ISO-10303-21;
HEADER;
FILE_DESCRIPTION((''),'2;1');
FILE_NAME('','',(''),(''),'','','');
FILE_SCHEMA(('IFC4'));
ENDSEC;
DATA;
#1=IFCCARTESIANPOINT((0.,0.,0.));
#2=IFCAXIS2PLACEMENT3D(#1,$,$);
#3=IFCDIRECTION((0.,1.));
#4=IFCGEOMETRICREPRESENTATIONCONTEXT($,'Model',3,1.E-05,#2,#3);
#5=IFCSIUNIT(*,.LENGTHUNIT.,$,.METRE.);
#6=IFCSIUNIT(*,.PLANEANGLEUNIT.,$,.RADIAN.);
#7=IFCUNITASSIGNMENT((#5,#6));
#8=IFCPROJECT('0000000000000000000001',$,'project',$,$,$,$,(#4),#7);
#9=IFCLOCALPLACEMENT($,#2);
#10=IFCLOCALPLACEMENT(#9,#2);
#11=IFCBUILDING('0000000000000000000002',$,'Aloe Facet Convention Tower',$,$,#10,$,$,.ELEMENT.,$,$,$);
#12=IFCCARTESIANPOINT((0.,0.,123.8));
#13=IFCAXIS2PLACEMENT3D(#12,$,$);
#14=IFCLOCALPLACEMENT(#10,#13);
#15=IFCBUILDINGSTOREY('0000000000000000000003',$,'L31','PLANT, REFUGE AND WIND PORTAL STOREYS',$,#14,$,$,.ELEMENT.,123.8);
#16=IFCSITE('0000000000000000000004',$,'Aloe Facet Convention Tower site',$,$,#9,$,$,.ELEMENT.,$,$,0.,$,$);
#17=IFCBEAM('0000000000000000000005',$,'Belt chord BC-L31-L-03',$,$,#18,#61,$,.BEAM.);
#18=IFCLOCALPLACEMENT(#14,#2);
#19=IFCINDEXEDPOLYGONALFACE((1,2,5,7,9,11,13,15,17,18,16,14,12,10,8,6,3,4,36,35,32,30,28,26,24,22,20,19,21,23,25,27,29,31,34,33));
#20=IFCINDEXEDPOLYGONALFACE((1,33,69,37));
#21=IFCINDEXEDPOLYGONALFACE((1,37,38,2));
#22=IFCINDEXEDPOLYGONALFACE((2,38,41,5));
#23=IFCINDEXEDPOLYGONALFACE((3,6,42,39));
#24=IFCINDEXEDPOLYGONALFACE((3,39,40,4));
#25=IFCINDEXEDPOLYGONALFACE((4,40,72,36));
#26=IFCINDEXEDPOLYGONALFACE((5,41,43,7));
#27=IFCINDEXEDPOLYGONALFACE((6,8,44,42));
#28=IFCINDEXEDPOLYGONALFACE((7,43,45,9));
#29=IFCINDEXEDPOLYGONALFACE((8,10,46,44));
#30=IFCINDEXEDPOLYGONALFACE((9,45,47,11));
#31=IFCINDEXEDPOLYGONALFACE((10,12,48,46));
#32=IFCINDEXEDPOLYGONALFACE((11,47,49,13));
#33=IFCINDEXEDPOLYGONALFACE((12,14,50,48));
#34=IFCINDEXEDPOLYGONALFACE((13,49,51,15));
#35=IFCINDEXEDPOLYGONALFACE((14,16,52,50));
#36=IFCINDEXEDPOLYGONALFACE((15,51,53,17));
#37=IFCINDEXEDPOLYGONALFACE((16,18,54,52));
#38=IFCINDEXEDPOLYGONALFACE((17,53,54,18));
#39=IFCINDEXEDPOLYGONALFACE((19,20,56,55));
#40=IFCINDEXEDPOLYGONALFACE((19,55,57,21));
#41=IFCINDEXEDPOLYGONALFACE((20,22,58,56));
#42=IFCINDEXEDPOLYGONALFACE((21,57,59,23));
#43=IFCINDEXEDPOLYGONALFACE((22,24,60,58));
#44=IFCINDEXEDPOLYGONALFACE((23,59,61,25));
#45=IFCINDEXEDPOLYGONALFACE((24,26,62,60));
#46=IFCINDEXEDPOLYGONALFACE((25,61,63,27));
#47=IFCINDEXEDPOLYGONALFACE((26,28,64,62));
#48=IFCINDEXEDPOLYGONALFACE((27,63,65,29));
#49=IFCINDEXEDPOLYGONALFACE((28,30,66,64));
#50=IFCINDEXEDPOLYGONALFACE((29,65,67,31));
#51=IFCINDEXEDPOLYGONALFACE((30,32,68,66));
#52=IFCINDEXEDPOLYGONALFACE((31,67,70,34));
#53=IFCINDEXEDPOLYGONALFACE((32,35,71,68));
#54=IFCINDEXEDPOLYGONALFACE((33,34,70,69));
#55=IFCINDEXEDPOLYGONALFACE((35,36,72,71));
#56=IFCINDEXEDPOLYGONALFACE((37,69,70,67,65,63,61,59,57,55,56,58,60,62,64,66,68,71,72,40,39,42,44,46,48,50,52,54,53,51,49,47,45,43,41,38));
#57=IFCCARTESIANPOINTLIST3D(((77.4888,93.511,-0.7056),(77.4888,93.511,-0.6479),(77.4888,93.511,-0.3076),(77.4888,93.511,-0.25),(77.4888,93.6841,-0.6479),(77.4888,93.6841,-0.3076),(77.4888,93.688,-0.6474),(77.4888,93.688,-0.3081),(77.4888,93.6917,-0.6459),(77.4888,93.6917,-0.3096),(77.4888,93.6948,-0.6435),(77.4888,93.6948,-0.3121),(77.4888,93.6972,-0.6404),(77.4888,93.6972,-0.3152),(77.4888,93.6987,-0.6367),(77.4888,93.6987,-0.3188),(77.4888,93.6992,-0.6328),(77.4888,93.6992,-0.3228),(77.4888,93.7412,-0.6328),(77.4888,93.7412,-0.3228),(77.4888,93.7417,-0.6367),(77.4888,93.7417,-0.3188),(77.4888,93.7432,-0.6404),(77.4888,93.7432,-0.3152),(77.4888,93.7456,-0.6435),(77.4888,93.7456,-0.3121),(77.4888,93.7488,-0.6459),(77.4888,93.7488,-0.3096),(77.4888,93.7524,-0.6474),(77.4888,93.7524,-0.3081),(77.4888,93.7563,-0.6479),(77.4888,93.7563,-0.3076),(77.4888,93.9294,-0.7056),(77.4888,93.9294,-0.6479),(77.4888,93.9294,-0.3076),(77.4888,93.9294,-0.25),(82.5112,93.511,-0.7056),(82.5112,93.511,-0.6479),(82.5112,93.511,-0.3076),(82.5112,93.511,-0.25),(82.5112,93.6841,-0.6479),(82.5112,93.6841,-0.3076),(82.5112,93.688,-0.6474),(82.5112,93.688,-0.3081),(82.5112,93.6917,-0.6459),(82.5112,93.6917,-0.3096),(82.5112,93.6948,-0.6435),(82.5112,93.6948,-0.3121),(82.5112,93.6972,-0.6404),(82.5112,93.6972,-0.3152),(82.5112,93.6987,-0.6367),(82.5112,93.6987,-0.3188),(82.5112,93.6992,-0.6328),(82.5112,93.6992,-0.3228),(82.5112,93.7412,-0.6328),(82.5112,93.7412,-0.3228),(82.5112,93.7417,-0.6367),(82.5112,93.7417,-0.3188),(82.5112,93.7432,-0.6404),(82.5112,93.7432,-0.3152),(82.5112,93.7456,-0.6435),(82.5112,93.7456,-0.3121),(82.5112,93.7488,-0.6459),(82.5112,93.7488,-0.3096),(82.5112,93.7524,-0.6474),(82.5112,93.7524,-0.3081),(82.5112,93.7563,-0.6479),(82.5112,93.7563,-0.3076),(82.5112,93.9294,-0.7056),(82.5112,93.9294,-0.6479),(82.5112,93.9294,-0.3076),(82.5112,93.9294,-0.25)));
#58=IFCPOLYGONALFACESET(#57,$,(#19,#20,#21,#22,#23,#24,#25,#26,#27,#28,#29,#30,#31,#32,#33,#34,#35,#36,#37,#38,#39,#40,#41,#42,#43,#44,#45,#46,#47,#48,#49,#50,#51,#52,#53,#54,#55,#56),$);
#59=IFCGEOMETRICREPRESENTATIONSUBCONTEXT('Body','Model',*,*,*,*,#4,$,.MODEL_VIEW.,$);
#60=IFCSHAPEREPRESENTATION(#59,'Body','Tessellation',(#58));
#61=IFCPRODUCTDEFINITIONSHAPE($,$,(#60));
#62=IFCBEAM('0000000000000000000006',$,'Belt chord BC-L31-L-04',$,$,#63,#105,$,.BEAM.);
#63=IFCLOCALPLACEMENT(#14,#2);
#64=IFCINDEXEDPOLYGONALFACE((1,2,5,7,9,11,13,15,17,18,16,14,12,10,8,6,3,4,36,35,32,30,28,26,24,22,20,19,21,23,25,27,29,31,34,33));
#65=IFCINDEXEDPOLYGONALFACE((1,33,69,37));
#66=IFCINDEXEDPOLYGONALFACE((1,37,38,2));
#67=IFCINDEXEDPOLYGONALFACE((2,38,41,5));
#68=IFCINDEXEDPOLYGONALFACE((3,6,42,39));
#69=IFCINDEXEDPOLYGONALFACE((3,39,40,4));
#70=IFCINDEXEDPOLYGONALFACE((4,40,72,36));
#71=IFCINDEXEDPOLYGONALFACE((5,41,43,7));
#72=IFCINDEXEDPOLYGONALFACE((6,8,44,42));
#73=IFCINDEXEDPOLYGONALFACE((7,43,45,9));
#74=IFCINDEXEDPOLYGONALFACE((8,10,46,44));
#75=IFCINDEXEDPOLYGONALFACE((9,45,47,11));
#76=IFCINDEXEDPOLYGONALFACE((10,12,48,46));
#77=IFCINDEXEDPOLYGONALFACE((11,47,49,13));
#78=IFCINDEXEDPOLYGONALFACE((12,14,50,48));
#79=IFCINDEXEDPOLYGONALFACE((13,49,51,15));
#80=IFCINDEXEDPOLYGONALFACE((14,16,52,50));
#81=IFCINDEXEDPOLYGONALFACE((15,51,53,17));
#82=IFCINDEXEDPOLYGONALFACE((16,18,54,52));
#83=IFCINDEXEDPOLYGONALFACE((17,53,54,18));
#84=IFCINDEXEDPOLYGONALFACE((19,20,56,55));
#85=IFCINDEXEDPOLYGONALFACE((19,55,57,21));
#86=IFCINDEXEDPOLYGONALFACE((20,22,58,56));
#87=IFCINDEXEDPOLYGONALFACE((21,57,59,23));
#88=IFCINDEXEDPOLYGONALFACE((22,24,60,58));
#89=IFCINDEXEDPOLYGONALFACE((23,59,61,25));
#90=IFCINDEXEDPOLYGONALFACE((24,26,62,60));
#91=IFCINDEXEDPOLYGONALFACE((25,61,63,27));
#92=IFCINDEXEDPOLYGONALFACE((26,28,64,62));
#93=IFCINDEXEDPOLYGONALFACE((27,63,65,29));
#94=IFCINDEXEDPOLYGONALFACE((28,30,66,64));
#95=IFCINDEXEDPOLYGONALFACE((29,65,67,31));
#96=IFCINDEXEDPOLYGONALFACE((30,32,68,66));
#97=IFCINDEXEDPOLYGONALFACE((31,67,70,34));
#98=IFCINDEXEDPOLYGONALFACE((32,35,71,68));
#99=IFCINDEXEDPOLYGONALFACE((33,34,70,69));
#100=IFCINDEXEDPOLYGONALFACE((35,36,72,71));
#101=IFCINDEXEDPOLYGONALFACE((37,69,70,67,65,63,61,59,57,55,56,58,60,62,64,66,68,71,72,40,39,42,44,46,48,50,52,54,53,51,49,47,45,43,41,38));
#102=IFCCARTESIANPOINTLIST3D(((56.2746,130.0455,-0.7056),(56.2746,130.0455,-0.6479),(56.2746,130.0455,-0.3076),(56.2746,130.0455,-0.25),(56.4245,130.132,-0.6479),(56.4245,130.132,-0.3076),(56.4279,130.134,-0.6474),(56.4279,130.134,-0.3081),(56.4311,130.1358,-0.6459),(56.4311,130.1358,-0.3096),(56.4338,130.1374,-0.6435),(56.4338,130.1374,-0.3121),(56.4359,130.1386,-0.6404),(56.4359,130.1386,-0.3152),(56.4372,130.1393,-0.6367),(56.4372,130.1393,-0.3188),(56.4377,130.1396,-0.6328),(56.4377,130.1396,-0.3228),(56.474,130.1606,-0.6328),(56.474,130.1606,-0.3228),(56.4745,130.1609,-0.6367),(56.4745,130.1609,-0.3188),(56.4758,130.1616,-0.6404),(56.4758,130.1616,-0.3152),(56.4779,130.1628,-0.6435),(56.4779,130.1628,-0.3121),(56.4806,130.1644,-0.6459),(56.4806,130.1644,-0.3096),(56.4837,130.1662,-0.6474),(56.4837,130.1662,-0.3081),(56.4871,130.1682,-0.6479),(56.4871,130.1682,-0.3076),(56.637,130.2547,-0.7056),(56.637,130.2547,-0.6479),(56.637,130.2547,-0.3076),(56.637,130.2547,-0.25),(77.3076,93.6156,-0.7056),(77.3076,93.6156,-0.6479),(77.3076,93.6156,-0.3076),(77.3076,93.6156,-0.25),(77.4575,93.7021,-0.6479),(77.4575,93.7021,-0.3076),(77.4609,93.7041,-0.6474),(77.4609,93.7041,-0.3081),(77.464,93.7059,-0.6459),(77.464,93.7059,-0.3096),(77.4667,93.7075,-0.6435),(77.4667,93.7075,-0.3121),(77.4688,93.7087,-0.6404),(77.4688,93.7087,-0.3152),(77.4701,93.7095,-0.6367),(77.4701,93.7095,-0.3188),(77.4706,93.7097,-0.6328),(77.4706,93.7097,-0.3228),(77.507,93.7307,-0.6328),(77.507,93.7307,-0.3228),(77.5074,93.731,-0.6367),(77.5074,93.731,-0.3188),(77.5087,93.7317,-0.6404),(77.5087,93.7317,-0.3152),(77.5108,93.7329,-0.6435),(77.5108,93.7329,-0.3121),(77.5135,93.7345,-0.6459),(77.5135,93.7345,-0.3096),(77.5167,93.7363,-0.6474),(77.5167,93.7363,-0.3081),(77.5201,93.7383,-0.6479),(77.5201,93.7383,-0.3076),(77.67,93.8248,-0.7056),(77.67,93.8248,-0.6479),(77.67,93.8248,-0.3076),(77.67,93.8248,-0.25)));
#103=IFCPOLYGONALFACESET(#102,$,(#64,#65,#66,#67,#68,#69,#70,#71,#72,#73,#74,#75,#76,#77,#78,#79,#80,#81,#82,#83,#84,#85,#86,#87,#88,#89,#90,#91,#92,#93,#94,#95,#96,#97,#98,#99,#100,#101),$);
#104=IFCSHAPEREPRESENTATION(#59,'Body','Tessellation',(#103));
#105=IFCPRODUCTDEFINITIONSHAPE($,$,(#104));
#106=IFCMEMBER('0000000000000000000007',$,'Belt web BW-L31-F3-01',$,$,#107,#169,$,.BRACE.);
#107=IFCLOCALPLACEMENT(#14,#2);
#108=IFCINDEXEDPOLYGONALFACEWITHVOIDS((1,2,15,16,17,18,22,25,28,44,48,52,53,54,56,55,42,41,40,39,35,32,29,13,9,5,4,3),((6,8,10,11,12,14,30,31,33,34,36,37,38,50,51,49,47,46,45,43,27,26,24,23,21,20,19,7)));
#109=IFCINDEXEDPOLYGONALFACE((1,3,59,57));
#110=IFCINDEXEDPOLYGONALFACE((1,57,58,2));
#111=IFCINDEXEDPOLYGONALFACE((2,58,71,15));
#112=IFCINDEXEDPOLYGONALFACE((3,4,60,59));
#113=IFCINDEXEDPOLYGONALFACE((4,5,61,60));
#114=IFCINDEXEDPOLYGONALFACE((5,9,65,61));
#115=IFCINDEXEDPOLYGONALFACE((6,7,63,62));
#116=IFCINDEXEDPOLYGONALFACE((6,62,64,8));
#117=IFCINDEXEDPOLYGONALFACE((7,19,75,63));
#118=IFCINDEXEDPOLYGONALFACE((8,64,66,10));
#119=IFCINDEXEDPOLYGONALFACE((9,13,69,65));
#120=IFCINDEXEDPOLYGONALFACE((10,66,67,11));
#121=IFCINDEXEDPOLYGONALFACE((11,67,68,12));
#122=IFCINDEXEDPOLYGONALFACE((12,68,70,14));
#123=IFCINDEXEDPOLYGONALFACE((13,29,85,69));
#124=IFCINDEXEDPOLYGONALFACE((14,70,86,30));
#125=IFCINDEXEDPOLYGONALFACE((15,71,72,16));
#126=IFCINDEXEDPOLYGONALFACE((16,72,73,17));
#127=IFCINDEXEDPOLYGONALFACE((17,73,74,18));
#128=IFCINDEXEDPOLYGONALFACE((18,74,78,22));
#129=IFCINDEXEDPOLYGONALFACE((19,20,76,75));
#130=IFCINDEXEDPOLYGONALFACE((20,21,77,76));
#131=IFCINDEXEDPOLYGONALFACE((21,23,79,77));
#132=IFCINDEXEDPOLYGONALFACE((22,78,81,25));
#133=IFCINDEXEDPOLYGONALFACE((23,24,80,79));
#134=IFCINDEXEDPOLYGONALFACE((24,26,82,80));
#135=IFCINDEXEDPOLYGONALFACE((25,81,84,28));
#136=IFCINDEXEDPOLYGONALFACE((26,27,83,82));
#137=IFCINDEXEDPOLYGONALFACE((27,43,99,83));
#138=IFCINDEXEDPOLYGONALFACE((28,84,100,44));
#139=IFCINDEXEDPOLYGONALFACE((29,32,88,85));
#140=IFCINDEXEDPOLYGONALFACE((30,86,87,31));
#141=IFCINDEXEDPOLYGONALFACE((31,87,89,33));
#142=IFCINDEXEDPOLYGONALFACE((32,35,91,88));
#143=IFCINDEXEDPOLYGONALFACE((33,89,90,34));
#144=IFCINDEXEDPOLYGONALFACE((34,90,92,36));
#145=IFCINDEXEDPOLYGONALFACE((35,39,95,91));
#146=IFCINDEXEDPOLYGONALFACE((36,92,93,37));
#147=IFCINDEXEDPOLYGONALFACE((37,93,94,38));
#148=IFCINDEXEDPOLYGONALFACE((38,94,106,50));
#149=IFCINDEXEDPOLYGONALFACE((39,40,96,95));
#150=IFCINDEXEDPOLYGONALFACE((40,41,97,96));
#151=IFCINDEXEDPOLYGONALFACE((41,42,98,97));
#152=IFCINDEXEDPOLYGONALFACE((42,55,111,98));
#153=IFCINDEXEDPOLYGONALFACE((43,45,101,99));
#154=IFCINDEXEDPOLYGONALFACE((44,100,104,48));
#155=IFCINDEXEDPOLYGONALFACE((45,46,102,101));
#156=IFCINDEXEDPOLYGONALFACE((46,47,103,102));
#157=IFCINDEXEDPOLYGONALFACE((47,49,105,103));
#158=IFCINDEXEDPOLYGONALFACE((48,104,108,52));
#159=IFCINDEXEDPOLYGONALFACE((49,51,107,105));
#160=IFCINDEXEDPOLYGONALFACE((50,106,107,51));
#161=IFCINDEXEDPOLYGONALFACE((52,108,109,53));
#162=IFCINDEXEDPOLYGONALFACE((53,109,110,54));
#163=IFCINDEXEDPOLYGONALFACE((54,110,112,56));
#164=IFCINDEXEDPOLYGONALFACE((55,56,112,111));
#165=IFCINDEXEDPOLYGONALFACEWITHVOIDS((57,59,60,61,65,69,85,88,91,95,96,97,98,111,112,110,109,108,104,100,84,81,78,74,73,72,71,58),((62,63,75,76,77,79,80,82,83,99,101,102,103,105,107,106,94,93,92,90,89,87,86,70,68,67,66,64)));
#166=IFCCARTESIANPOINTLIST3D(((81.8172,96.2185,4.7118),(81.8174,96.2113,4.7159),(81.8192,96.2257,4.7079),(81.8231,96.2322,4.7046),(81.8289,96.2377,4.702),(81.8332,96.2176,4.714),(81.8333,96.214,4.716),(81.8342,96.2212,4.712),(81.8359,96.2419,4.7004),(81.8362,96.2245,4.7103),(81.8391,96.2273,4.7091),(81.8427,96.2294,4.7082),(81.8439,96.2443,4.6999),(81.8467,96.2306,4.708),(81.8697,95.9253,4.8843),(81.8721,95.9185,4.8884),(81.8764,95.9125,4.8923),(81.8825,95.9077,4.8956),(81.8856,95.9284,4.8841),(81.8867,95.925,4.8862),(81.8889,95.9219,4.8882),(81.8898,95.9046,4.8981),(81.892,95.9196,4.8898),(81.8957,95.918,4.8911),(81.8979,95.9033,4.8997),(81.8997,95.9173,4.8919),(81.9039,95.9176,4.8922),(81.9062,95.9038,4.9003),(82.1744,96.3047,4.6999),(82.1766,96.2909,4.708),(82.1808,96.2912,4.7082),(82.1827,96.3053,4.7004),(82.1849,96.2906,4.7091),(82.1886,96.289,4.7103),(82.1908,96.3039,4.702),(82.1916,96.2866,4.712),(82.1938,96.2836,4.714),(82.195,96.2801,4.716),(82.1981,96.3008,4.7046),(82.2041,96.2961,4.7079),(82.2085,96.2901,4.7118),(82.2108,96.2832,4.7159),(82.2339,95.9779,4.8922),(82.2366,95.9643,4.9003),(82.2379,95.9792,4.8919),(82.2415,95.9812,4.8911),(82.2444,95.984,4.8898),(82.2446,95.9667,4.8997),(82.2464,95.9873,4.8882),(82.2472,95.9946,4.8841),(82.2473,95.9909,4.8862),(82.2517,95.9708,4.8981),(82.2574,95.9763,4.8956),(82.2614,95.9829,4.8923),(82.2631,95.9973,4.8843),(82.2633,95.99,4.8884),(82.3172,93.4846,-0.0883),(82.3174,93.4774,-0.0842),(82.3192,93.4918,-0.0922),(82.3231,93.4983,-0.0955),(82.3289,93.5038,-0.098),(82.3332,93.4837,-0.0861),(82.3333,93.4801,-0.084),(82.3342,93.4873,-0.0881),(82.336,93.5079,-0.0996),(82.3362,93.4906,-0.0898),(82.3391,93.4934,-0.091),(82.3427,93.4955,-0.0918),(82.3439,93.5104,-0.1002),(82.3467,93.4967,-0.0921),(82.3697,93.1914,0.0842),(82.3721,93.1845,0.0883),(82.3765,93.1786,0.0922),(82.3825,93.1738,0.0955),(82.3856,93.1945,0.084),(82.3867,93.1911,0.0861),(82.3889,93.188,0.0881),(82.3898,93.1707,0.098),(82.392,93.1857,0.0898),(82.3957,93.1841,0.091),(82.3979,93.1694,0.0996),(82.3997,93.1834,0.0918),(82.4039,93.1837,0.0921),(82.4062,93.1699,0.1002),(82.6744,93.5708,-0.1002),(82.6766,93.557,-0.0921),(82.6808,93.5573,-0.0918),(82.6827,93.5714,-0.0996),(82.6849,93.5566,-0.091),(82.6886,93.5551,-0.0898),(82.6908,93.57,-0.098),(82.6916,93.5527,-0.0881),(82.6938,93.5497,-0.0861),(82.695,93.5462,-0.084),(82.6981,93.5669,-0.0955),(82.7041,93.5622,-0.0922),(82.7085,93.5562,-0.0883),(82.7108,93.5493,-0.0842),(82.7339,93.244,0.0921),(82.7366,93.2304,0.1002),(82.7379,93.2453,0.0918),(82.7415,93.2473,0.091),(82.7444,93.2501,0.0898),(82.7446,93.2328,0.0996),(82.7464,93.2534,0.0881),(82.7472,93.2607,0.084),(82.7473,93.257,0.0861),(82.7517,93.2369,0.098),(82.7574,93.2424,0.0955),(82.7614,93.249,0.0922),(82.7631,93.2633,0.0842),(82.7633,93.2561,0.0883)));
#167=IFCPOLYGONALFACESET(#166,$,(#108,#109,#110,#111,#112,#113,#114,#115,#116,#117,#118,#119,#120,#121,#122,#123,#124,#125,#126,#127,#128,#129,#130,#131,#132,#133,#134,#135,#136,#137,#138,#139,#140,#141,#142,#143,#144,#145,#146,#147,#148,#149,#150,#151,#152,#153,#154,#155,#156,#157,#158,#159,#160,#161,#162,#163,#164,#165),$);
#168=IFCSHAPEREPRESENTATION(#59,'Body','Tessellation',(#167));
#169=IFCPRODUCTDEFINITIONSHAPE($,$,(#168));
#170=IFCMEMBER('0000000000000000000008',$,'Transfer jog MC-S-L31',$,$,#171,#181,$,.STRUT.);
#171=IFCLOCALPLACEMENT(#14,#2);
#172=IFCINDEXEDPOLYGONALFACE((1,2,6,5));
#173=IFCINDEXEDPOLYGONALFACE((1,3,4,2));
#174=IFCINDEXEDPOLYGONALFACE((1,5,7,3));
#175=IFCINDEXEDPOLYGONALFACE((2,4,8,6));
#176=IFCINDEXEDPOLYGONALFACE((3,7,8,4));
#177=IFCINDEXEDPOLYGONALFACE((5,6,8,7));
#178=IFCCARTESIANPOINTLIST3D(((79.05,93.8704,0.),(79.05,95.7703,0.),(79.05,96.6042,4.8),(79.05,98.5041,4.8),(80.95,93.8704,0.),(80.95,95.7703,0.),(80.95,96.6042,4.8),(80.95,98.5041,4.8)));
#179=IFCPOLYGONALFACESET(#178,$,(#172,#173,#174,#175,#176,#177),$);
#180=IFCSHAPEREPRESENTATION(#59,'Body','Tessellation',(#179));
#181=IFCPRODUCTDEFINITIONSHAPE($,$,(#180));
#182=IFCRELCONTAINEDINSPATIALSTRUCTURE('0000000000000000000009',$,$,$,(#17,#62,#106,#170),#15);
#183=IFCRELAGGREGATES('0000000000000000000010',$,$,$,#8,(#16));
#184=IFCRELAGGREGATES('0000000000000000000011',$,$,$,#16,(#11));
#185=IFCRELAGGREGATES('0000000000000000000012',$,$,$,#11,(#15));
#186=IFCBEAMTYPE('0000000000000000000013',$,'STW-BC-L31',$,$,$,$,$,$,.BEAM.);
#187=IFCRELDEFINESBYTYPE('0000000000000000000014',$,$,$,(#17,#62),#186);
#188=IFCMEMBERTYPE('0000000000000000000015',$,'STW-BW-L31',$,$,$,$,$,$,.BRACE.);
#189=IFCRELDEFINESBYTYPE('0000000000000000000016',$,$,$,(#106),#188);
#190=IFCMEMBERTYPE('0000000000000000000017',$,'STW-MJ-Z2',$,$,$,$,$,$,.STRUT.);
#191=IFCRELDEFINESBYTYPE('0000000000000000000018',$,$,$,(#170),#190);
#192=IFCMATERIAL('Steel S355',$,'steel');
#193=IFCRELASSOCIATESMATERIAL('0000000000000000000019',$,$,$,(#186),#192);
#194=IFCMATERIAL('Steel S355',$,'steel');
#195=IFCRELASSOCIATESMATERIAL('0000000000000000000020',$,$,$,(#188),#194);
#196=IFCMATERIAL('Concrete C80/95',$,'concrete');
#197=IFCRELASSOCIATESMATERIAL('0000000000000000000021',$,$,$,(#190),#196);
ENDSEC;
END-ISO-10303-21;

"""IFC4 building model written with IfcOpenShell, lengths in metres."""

from ifc_helpers import new_model, si_unit, direction, frame, origin, origin_2d, place, context, subcontext, project, spatial, rectangle, hollow_rectangle, i_section, extrude, material, material_profile, profile_set, type_object, element, save


model = new_model("IFC4")

# Units and contexts
model_context = context("Model", 3, precision=1e-05, world=origin(), true_north=direction((0.0, 1.0)))
body_context = subcontext(model_context, "Body", "Model", "MODEL_VIEW")
ifc_project = project(units=[si_unit("LENGTHUNIT", "METRE"), si_unit("PLANEANGLEUNIT", "RADIAN")], contexts=[model_context])

# Site, building, storey
site_placement = place(None, origin())
site = spatial("IfcSite", under=ifc_project, at=site_placement, Name="Aloe Facet Convention Tower site", CompositionType="ELEMENT", RefElevation=0.0)
building_placement = place(site_placement, origin())
building = spatial("IfcBuilding", under=site, at=building_placement, Name="Aloe Facet Convention Tower", CompositionType="ELEMENT")
storey_placement = place(building_placement, frame((0.0, 0.0, 123.8)))
storey = spatial("IfcBuildingStorey", under=building, at=storey_placement, Name="L31", Description="PLANT, REFUGE AND WIND PORTAL STOREYS", CompositionType="ELEMENT", Elevation=123.8)

# Beams
ifc_material_1 = material(Name="Steel S355", Category="steel")
ifc_material_profile_1 = material_profile(ifc_material_1, i_section(OverallWidth=0.4185, OverallDepth=0.4556, WebThickness=0.042, FlangeThickness=0.0576, FilletRadius=0.0151, at=origin_2d()), Name="UC 356x406x551")
ifc_profile_set_1 = profile_set([ifc_material_profile_1], Name="Steel S355")
beam_type = type_object("IfcBeamType", Name="STW-BC-L31", PredefinedType="BEAM", material=ifc_profile_set_1)
beam_1_placement = place(storey_placement, frame((82.5112, 93.7202, -0.4778), z_axis=(-1.0, 0.0, 0.0), x_axis=(0.0, -1.0, 0.0)))
element("IfcBeam", 1, at=beam_1_placement, inside=storey, type_object=beam_type, Name="Belt chord BC-L31-L-03", PredefinedType="BEAM", context=body_context, shape_type="SweptSolid", body=[
    extrude(i_section(OverallWidth=0.4185, OverallDepth=0.4556, WebThickness=0.042, FlangeThickness=0.0576, FilletRadius=0.0151, at=origin_2d()), origin(), (0.0, 0.0, 1.0), 5.0225),
])
beam_2_placement = place(storey_placement, frame((77.4888, 93.7202, -0.4778), z_axis=(-0.500002, 0.866024, 0.0), x_axis=(-0.866024, -0.500002, 0.0)))
element("IfcBeam", 2, at=beam_2_placement, inside=storey, type_object=beam_type, Name="Belt chord BC-L31-L-04", PredefinedType="BEAM", context=body_context, shape_type="SweptSolid", body=[
    extrude(i_section(OverallWidth=0.4185, OverallDepth=0.4556, WebThickness=0.042, FlangeThickness=0.0576, FilletRadius=0.0151, at=origin_2d()), origin(), (0.0, 0.0, 1.0), 42.0657),
])

# Members
ifc_material_2 = material(Name="Steel S355", Category="steel")
ifc_material_profile_2 = material_profile(ifc_material_2, hollow_rectangle(XDim=0.3999, YDim=0.3999, WallThickness=0.0161, InnerFilletRadius=0.0161, OuterFilletRadius=0.032, at=origin_2d()), Name="SHS 400x400x16")
ifc_profile_set_2 = profile_set([ifc_material_profile_2], Name="Steel S355")
member_type_1 = type_object("IfcMemberType", Name="STW-BW-L31", PredefinedType="BRACE", material=ifc_profile_set_2)
member_1_placement = place(storey_placement, frame((82.5403, 93.3704, 0.0), z_axis=(-0.090146, 0.492895, 0.865406), x_axis=(-0.983684, -0.179906, 0.0)))
element("IfcMember", 3, at=member_1_placement, inside=storey, type_object=member_type_1, Name="Belt web BW-L31-F3-01", PredefinedType="BRACE", context=body_context, shape_type="SweptSolid", body=[
    extrude(hollow_rectangle(XDim=0.3999, YDim=0.3999, WallThickness=0.0161, InnerFilletRadius=0.0161, OuterFilletRadius=0.032, at=origin_2d()), origin(), (0.0, 0.0, 1.0), 5.5466),
])
ifc_material_3 = material(Name="Concrete C80/95", Category="concrete")
ifc_material_profile_3 = material_profile(ifc_material_3, rectangle(XDim=1.8999, YDim=1.8999, at=origin_2d()), Name="STW-MJ-Z2")
ifc_profile_set_3 = profile_set([ifc_material_profile_3], Name="Concrete C80/95")
member_type_2 = type_object("IfcMemberType", Name="STW-MJ-Z2", PredefinedType="STRUT", material=ifc_profile_set_3)
member_2_placement = place(storey_placement, frame((80.0, 94.8203, 0.0), z_axis=(0.0, 0.0, 1.0), x_axis=(1.0, 0.0, 0.0)))
element("IfcMember", 4, at=member_2_placement, inside=storey, type_object=member_type_2, Name="Transfer jog MC-S-L31", PredefinedType="STRUT", context=body_context, shape_type="SweptSolid", body=[
    extrude(rectangle(XDim=1.8999, YDim=1.8999, at=origin_2d()), origin(), (0.0, 0.49491, 0.868944), 5.5239),
])

save(model, "model.ifc")
